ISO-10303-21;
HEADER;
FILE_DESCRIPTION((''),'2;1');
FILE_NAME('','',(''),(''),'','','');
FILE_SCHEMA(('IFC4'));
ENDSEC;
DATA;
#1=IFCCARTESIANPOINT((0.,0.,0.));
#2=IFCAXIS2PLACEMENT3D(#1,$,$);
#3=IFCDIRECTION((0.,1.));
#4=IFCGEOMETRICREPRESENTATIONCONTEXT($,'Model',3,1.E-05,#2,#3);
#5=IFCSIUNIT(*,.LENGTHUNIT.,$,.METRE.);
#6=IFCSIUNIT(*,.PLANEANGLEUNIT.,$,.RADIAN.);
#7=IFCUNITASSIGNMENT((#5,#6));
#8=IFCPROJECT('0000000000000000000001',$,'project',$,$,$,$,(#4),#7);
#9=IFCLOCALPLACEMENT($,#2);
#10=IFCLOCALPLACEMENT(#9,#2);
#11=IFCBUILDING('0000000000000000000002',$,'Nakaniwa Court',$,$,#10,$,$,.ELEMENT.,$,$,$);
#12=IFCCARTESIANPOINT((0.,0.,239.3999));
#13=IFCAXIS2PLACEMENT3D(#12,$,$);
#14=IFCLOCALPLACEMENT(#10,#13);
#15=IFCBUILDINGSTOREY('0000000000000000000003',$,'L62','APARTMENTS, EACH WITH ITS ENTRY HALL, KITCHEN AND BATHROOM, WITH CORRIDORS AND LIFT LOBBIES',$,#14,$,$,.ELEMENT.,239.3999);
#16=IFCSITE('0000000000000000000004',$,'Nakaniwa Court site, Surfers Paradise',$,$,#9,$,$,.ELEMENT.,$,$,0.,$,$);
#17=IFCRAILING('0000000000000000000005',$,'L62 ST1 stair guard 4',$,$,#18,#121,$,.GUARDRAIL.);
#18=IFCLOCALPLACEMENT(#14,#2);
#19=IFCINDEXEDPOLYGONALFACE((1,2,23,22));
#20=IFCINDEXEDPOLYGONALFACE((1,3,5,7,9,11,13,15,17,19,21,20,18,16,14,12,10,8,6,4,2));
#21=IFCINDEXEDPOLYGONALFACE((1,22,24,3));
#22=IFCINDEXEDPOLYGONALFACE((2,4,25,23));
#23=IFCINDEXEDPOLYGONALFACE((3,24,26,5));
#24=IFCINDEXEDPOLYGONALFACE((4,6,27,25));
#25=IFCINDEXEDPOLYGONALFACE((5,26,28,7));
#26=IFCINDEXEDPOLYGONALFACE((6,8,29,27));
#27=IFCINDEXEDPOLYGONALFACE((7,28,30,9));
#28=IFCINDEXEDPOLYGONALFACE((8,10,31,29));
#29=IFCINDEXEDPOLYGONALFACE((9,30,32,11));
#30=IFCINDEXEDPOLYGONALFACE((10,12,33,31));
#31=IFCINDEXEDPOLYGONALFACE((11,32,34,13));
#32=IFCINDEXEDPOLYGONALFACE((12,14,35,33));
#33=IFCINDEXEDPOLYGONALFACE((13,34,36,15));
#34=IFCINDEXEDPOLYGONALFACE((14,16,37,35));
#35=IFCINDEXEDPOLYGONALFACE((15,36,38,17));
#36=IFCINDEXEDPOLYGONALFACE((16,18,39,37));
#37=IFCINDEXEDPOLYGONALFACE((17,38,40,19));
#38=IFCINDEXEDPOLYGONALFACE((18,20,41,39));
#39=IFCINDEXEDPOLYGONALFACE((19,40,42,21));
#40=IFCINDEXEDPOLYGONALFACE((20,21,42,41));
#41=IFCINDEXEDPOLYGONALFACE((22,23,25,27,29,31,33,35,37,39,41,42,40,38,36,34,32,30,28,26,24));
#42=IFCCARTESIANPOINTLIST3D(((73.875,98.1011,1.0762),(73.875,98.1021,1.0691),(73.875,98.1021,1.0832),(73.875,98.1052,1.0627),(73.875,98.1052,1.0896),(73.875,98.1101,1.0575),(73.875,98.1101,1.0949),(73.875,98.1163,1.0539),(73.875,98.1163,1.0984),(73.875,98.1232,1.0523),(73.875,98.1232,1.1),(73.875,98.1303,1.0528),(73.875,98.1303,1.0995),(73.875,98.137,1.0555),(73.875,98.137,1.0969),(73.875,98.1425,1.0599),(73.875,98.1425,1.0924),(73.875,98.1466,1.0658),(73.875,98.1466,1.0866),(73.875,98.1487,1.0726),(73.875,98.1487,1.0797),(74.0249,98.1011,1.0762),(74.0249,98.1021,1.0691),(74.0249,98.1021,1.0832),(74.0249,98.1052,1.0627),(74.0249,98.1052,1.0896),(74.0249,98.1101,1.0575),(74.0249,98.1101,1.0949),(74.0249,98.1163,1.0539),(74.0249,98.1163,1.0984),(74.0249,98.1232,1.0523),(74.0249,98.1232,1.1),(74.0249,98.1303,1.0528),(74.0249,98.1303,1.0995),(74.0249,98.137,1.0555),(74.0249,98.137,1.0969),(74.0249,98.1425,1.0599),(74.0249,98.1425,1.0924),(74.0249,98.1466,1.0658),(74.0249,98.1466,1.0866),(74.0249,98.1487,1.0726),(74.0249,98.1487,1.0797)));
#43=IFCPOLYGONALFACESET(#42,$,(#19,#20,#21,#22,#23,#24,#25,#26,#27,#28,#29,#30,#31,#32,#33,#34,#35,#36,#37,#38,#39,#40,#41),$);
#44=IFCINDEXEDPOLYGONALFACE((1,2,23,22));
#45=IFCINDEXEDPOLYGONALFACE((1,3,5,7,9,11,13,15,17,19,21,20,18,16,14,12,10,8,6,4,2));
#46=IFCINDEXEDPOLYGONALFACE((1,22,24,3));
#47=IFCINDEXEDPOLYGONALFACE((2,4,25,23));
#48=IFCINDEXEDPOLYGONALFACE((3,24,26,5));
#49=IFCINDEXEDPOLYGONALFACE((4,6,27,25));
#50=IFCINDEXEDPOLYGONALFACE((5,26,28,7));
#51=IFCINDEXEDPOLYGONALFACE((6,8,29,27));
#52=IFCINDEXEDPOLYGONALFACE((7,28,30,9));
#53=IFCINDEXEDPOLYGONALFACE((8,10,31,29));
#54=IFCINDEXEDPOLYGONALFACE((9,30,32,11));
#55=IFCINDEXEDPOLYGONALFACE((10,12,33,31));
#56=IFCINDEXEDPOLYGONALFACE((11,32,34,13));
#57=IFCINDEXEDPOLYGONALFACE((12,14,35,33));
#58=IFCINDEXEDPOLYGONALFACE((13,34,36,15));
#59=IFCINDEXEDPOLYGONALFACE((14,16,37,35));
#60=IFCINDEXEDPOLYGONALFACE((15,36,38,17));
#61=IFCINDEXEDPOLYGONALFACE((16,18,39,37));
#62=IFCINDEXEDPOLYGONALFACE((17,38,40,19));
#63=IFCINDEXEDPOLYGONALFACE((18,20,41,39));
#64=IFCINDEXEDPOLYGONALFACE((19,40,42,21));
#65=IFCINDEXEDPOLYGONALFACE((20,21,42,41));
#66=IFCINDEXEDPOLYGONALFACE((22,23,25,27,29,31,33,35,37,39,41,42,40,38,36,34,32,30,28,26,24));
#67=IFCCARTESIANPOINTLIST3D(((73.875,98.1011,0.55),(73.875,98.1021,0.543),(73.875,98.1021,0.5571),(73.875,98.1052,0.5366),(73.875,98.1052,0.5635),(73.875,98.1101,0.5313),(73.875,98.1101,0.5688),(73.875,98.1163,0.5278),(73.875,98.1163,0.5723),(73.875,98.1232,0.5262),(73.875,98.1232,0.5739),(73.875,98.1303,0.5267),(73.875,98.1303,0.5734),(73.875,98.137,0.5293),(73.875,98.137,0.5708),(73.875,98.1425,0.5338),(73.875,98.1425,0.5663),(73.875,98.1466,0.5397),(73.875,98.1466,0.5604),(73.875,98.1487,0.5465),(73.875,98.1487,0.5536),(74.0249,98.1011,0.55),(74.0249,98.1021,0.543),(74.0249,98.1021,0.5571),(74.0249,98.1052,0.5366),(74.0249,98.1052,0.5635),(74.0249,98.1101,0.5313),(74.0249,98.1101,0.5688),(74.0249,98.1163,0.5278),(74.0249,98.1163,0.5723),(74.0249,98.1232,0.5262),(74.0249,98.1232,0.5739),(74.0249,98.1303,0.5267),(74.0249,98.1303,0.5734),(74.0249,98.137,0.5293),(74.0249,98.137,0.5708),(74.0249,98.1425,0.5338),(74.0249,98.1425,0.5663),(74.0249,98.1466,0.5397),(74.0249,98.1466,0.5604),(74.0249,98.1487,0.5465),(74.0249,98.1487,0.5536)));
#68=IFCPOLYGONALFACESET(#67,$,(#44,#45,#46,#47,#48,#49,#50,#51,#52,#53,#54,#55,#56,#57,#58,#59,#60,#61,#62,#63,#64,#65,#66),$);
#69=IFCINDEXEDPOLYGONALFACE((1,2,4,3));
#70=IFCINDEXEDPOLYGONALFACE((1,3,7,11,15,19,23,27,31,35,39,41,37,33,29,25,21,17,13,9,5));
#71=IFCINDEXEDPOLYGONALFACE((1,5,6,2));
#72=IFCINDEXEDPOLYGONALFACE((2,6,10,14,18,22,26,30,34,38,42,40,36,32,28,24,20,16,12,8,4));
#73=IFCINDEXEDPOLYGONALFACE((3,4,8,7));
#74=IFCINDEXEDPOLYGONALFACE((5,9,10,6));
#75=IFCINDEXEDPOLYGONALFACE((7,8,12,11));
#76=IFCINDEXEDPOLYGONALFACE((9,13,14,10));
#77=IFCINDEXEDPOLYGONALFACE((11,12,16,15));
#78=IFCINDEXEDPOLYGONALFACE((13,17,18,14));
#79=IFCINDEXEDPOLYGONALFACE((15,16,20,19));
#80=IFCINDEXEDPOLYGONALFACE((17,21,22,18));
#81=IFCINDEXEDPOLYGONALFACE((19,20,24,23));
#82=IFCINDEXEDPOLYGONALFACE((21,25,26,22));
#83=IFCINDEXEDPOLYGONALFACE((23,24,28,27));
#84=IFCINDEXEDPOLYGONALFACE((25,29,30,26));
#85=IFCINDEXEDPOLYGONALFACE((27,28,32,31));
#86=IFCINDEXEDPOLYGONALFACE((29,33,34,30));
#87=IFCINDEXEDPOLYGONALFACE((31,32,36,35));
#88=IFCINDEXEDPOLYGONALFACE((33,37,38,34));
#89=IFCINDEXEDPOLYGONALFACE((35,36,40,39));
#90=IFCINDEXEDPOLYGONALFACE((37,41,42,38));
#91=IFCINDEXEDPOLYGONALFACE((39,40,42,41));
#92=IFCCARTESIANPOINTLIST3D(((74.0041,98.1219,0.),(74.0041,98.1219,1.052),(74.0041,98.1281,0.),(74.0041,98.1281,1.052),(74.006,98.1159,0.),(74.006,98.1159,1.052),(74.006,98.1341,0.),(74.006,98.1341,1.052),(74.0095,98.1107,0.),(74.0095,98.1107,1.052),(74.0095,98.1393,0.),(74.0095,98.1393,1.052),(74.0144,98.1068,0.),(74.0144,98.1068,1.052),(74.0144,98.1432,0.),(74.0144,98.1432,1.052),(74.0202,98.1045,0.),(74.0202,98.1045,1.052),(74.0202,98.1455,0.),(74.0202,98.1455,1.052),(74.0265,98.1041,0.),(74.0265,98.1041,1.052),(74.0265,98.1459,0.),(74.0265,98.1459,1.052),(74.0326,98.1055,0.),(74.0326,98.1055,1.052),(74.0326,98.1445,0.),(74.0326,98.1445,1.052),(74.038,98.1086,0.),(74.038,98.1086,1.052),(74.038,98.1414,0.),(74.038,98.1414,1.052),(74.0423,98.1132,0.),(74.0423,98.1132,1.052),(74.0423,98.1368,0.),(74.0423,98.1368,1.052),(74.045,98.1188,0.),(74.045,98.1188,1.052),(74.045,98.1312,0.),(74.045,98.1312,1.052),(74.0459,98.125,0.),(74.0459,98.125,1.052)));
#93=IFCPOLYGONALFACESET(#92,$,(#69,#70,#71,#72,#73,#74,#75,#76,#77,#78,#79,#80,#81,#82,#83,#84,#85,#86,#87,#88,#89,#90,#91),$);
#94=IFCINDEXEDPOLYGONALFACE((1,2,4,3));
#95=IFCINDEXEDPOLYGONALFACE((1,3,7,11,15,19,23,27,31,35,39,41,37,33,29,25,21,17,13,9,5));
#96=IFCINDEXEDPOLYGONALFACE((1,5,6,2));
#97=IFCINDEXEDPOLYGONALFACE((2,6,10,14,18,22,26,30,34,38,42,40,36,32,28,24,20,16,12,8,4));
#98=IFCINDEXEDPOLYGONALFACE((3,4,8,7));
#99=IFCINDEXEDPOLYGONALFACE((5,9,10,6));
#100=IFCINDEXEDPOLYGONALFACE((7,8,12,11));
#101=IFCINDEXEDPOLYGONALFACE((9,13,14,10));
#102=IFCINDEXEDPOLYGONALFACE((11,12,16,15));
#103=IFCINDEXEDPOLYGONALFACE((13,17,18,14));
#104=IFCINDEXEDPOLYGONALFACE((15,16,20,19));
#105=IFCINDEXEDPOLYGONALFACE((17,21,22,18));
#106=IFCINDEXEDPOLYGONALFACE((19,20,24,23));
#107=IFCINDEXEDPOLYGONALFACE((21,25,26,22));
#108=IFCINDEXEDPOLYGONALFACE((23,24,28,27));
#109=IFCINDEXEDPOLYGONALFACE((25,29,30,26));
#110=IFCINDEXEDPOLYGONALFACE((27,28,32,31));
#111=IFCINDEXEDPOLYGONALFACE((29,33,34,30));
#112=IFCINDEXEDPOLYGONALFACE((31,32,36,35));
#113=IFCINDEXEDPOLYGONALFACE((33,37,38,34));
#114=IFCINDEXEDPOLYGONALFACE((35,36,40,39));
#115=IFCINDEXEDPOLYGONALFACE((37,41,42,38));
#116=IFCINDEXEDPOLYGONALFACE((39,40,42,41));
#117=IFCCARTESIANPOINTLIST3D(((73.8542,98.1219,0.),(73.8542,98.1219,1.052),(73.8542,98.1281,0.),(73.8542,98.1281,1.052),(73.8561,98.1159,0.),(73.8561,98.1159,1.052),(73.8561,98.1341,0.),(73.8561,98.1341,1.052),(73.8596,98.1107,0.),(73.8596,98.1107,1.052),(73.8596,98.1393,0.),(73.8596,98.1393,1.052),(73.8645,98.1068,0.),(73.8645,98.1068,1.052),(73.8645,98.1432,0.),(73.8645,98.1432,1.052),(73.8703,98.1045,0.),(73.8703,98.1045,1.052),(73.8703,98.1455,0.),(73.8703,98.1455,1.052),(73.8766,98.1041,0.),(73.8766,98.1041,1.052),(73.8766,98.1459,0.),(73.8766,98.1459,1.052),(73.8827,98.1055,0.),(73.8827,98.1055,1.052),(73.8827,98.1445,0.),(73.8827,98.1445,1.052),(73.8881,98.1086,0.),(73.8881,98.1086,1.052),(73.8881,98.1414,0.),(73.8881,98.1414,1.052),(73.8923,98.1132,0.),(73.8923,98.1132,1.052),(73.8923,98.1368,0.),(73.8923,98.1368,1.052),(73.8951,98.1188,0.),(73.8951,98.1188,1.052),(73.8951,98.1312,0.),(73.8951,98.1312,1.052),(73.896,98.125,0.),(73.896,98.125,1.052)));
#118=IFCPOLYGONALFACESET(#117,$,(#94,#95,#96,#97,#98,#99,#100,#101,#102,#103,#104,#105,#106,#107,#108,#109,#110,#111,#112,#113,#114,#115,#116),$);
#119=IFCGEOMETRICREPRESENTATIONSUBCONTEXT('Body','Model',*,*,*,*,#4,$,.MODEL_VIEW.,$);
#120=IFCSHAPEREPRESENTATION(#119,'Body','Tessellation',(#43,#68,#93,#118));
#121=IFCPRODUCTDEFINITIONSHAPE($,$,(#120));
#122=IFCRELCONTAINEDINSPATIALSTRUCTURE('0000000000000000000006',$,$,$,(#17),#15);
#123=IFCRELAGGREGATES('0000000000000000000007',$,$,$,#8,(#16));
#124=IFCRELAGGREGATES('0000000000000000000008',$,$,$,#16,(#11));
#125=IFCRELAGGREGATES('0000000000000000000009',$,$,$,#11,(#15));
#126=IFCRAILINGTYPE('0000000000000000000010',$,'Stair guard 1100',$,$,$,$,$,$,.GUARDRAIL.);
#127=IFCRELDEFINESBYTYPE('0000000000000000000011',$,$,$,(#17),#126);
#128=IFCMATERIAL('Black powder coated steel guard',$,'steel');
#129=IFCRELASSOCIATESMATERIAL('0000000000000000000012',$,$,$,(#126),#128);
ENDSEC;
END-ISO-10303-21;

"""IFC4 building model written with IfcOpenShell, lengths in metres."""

from ifc_helpers import new_model, si_unit, direction, frame, origin, origin_2d, place, context, subcontext, project, spatial, circle, extrude, material, type_object, element, save


model = new_model("IFC4")

# Units and contexts
model_context = context("Model", 3, precision=1e-05, world=origin(), true_north=direction((0.0, 1.0)))
body_context = subcontext(model_context, "Body", "Model", "MODEL_VIEW")
ifc_project = project(units=[si_unit("LENGTHUNIT", "METRE"), si_unit("PLANEANGLEUNIT", "RADIAN")], contexts=[model_context])

# Site, building, storey
site_placement = place(None, origin())
site = spatial("IfcSite", under=ifc_project, at=site_placement, Name="Nakaniwa Court site, Surfers Paradise", CompositionType="ELEMENT", RefElevation=0.0)
building_placement = place(site_placement, origin())
building = spatial("IfcBuilding", under=site, at=building_placement, Name="Nakaniwa Court", CompositionType="ELEMENT")
storey_placement = place(building_placement, frame((0.0, 0.0, 239.3999)))
storey = spatial("IfcBuildingStorey", under=building, at=storey_placement, Name="L62", Description="APARTMENTS, EACH WITH ITS ENTRY HALL, KITCHEN AND BATHROOM, WITH CORRIDORS AND LIFT LOBBIES", CompositionType="ELEMENT", Elevation=239.3999)

# Railing
ifc_material_1 = material(Name="Black powder coated steel guard", Category="steel")
railing_type_1 = type_object("IfcRailingType", Name="Stair guard 1100", PredefinedType="GUARDRAIL", material=ifc_material_1)
railing_1_placement = place(storey_placement, frame((74.0249, 98.125, 0.0)))
element("IfcRailing", 1, at=railing_1_placement, inside=storey, type_object=railing_type_1, Name="L62 ST1 stair guard 4", PredefinedType="GUARDRAIL", context=body_context, shape_type="SweptSolid", body=[
    extrude(circle(Radius=0.0239, at=origin_2d()), frame((0.0, 0.0, 1.0762), z_axis=(-1.0, 0.0, 0.0), x_axis=(0.0, -1.0, 0.0)), (0.0, 0.0, 1.0), 0.1499),
    extrude(circle(Radius=0.0239, at=origin_2d()), frame((0.0, 0.0, 0.55), z_axis=(-1.0, 0.0, 0.0), x_axis=(0.0, -1.0, 0.0)), (0.0, 0.0, 1.0), 0.1499),
    extrude(circle(Radius=0.021, at=origin_2d()), origin(), (0.0, 0.0, 1.0), 1.052),
    extrude(circle(Radius=0.021, at=origin_2d()), frame((-0.1499, 0.0, 0.0)), (0.0, 0.0, 1.0), 1.052),
])

save(model, "model.ifc")
